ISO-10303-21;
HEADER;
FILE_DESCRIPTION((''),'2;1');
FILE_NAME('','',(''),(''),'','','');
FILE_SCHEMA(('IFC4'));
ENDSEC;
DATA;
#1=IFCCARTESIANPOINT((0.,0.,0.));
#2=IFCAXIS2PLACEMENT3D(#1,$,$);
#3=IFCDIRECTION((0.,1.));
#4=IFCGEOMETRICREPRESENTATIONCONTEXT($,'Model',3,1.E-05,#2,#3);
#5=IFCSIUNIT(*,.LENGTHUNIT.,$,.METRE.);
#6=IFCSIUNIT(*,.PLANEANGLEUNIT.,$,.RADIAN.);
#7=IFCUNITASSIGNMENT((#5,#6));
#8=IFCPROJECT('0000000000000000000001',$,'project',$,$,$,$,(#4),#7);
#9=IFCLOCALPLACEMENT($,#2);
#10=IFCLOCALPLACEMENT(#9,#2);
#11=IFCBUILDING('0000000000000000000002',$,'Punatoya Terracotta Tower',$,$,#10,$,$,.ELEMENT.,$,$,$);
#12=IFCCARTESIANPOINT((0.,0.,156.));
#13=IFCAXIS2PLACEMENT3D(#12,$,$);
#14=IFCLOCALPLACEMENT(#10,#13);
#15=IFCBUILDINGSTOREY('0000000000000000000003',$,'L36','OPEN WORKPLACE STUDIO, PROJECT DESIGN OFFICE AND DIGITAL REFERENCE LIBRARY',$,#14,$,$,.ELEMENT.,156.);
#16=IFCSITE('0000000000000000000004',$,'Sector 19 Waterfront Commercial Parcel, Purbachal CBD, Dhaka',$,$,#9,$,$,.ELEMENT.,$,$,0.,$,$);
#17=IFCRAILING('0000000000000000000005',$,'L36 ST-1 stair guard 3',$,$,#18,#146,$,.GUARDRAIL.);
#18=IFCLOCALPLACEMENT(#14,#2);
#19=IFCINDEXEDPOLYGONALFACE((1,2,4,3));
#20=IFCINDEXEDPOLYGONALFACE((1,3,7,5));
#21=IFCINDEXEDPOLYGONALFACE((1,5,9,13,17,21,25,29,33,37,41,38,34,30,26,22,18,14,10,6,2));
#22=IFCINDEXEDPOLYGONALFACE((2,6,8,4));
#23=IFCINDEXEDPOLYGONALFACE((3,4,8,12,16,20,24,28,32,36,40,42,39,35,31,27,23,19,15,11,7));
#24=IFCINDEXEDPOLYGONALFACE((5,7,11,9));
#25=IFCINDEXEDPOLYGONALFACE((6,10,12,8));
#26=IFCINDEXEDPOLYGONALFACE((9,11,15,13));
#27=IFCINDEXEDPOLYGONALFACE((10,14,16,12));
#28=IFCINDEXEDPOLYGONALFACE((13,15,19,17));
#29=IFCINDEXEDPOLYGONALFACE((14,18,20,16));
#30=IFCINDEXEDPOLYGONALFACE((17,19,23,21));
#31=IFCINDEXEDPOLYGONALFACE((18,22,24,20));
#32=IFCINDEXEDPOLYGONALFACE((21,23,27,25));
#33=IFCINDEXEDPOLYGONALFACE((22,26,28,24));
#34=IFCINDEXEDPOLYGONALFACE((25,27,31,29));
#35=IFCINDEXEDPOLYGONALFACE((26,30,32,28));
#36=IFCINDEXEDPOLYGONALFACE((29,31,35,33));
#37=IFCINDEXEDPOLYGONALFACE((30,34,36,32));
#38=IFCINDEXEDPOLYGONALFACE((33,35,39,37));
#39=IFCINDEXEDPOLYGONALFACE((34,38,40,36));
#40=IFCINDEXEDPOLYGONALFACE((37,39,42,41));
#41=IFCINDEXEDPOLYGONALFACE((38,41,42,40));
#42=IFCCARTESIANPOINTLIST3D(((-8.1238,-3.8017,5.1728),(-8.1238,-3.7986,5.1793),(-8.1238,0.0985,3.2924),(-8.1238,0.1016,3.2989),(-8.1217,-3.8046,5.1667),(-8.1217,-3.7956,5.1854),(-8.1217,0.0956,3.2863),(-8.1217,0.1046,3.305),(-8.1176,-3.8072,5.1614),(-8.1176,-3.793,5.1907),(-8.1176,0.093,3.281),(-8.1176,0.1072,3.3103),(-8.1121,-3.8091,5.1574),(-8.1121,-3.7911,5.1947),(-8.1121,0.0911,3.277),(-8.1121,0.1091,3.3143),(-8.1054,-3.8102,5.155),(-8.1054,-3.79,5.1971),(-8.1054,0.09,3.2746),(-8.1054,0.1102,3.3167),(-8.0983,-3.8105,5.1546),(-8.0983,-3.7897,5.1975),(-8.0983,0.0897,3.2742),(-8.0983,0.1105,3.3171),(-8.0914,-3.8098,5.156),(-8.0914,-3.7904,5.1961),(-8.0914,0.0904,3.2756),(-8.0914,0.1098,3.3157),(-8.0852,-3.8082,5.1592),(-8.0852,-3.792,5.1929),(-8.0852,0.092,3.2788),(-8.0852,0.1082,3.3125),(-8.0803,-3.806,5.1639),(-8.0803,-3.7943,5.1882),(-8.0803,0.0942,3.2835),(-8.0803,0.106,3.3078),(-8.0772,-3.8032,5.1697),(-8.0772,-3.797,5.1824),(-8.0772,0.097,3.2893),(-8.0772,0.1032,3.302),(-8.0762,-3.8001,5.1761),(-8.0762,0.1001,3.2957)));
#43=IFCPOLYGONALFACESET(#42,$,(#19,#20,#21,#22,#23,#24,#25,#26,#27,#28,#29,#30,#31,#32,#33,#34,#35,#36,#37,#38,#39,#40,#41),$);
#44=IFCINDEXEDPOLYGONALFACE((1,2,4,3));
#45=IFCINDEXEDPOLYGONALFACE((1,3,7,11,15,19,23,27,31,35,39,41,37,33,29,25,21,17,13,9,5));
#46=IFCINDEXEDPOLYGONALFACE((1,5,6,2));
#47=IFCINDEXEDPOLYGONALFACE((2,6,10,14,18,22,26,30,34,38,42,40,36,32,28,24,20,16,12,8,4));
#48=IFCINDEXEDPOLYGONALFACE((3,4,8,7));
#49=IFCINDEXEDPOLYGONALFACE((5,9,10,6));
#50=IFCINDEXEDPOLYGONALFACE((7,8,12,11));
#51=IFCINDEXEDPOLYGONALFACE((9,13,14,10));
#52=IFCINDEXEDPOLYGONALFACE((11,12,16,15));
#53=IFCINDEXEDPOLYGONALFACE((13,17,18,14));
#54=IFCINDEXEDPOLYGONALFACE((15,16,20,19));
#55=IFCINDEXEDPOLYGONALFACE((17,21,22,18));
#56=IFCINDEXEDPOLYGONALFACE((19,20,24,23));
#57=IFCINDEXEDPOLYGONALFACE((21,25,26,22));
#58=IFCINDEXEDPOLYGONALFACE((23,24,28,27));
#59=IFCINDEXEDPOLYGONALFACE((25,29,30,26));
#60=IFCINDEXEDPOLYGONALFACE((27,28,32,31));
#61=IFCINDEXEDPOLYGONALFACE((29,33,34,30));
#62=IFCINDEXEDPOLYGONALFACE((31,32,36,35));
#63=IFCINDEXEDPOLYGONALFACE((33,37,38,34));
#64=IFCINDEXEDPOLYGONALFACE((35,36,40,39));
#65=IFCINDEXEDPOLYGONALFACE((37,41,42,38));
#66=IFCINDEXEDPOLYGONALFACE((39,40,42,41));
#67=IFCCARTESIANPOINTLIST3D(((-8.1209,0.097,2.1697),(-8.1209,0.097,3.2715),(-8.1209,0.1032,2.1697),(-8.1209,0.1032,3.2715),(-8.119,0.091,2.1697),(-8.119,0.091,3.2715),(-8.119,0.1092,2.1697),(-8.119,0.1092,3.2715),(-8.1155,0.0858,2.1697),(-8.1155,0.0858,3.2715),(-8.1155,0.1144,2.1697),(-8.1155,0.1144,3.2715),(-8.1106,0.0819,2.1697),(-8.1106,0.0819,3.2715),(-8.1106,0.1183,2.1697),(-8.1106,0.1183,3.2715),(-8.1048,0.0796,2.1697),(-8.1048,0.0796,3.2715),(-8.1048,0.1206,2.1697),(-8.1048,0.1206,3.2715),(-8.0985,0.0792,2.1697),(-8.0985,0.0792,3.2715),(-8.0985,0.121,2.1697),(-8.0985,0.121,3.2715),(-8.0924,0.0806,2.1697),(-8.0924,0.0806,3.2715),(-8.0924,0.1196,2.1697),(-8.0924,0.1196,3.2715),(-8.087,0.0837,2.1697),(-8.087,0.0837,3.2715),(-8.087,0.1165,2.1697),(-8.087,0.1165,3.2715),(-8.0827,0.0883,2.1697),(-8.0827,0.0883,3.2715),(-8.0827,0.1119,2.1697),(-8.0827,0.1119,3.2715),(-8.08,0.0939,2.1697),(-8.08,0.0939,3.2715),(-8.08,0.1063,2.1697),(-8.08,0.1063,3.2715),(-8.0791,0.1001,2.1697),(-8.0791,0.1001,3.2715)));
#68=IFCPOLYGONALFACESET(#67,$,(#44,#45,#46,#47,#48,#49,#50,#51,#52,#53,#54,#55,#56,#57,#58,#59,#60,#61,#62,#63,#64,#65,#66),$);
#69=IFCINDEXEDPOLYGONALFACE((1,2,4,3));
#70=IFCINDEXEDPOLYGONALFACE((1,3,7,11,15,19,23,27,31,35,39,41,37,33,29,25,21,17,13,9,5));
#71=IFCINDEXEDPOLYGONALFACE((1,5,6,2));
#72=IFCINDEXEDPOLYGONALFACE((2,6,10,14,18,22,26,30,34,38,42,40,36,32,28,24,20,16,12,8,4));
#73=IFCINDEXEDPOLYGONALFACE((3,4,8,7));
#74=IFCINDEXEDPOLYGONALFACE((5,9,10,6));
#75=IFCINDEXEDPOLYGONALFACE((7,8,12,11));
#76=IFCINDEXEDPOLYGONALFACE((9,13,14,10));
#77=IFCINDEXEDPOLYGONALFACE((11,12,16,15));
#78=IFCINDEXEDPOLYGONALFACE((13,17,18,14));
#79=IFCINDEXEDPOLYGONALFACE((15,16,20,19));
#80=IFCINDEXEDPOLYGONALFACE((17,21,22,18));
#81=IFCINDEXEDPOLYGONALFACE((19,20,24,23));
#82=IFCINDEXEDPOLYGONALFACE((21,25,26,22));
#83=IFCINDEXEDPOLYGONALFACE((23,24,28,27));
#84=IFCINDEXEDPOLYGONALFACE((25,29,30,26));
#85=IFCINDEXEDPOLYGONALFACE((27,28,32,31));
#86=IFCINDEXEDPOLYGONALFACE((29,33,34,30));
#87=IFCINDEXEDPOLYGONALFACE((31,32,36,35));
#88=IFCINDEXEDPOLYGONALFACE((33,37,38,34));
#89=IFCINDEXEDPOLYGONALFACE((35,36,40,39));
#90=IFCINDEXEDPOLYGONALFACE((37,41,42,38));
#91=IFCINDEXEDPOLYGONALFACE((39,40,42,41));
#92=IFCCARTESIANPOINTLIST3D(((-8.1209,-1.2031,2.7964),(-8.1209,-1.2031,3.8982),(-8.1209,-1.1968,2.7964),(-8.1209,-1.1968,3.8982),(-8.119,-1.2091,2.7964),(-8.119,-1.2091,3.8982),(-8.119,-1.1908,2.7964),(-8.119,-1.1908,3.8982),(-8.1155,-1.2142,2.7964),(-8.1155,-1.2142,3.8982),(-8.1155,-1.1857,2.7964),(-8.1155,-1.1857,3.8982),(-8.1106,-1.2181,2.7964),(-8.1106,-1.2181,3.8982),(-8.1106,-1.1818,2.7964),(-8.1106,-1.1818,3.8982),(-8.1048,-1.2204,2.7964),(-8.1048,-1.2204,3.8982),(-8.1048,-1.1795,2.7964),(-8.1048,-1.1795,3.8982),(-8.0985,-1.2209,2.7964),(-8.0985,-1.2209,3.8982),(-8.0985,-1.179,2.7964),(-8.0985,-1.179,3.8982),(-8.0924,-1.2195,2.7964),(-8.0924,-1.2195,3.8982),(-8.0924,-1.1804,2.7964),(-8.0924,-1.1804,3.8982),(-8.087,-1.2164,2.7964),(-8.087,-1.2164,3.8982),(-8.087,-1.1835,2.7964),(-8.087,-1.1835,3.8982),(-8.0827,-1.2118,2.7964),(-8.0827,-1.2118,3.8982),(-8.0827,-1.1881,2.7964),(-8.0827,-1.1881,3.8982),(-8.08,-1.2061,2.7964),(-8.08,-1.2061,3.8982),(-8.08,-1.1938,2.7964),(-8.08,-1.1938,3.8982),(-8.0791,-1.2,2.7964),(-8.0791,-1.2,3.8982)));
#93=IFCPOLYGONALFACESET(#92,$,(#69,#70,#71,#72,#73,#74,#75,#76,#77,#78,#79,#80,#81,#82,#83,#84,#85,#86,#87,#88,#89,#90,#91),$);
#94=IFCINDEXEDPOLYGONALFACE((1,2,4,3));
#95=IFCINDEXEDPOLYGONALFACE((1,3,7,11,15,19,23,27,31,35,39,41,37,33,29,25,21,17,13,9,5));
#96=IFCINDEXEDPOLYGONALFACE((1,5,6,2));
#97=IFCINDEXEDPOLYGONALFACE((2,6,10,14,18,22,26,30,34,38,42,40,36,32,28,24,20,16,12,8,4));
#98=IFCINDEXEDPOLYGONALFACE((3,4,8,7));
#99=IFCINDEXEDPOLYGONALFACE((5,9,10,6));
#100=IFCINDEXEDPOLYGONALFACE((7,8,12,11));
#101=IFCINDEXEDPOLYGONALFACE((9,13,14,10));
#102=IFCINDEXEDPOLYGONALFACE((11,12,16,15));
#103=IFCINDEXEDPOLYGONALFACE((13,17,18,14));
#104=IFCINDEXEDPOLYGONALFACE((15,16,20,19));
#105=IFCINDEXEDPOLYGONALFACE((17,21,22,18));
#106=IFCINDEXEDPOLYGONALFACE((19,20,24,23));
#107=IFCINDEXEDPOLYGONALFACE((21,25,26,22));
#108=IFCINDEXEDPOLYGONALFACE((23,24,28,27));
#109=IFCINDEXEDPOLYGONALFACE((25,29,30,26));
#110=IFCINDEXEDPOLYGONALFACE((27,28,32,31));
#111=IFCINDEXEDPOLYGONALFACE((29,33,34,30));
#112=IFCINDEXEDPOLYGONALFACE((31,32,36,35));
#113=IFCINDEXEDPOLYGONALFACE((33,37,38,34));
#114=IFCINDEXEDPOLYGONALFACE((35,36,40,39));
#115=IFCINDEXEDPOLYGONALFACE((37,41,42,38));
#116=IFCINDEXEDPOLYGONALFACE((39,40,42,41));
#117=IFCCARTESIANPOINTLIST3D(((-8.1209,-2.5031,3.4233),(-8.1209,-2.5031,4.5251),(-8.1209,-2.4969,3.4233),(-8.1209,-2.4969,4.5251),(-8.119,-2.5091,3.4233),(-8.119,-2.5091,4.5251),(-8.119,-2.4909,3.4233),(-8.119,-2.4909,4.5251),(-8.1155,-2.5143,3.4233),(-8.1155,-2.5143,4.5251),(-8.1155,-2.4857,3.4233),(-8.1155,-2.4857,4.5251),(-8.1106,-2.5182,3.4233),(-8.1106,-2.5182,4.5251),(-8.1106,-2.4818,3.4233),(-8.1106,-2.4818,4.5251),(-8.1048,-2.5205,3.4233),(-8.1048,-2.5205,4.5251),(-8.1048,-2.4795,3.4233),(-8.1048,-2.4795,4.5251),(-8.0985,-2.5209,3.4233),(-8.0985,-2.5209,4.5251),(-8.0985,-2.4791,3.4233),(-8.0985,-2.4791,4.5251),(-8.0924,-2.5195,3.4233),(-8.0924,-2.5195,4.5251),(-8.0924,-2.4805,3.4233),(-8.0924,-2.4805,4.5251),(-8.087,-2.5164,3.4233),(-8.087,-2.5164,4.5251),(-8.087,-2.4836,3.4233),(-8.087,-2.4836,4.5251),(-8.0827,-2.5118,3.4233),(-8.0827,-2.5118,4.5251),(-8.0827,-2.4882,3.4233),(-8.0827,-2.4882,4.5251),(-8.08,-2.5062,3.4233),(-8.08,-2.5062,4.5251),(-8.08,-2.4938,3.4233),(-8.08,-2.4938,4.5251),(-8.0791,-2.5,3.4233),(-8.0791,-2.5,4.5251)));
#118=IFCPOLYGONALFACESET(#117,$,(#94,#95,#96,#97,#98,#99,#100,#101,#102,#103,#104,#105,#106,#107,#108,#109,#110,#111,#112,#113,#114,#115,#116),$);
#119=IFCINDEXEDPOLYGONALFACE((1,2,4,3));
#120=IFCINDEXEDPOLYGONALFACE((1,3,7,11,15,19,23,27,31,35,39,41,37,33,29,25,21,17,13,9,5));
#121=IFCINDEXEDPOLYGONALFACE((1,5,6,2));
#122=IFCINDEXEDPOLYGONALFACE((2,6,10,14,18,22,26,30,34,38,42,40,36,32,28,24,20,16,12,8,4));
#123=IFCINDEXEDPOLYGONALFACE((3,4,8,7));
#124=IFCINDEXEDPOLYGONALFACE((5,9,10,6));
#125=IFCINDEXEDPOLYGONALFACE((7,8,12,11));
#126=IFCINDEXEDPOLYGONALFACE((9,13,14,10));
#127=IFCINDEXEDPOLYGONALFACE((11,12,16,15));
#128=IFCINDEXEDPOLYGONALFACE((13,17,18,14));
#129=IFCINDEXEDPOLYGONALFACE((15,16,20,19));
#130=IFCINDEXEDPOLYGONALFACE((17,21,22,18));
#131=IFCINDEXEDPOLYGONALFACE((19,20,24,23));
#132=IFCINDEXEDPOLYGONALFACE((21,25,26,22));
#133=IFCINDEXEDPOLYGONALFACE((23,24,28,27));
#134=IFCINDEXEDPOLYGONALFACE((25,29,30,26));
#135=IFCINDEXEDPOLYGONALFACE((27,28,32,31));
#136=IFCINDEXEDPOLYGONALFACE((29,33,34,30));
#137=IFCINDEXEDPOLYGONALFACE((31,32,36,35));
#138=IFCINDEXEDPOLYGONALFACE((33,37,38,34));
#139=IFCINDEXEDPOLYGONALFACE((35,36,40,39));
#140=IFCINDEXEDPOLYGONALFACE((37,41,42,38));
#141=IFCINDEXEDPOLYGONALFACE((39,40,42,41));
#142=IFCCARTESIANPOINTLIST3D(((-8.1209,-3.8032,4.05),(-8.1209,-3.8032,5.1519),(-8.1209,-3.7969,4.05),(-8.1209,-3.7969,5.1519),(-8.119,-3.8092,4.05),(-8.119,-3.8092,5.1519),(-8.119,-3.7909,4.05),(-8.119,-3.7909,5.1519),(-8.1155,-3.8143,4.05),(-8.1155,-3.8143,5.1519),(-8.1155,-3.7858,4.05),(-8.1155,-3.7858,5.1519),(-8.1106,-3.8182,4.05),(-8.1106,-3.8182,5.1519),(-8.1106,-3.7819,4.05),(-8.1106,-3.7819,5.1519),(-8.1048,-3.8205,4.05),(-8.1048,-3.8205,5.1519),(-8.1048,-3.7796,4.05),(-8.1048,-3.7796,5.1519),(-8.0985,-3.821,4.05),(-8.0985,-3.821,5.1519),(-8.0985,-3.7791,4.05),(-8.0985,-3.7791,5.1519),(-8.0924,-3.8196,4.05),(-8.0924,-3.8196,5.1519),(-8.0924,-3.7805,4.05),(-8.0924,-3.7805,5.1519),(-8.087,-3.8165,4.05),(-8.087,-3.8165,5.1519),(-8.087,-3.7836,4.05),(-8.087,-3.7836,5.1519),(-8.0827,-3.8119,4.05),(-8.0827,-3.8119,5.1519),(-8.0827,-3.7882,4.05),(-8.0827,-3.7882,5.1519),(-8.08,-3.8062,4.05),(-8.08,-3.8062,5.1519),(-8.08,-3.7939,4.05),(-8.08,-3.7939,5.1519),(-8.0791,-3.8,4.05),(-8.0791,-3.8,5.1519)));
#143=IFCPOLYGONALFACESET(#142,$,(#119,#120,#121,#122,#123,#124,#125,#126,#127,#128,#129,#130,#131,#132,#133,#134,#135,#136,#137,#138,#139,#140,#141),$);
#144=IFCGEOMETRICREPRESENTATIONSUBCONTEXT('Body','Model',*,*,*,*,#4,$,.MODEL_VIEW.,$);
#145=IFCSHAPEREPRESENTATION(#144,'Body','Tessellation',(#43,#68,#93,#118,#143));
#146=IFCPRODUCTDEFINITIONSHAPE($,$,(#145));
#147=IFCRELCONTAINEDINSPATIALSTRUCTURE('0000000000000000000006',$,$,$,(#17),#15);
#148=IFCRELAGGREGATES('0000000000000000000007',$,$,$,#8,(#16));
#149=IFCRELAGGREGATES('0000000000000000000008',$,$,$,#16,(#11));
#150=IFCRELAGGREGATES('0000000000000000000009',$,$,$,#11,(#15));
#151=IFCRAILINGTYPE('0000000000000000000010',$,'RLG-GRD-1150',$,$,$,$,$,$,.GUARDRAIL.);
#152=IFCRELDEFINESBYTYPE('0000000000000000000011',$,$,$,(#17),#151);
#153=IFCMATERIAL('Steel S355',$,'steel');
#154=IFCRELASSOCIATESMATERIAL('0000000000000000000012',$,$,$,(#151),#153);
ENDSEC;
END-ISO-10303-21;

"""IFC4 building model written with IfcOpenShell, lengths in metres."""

from ifc_helpers import new_model, si_unit, direction, frame, origin, origin_2d, place, context, subcontext, project, spatial, circle, extrude, material, type_object, element, save


model = new_model("IFC4")

# Units and contexts
model_context = context("Model", 3, precision=1e-05, world=origin(), true_north=direction((0.0, 1.0)))
body_context = subcontext(model_context, "Body", "Model", "MODEL_VIEW")
ifc_project = project(units=[si_unit("LENGTHUNIT", "METRE"), si_unit("PLANEANGLEUNIT", "RADIAN")], contexts=[model_context])

# Site, building, storey
site_placement = place(None, origin())
site = spatial("IfcSite", under=ifc_project, at=site_placement, Name="Sector 19 Waterfront Commercial Parcel, Purbachal CBD, Dhaka", CompositionType="ELEMENT", RefElevation=0.0)
building_placement = place(site_placement, origin())
building = spatial("IfcBuilding", under=site, at=building_placement, Name="Punatoya Terracotta Tower", CompositionType="ELEMENT")
storey_placement = place(building_placement, frame((0.0, 0.0, 156.0)))
storey = spatial("IfcBuildingStorey", under=building, at=storey_placement, Name="L36", Description="OPEN WORKPLACE STUDIO, PROJECT DESIGN OFFICE AND DIGITAL REFERENCE LIBRARY", CompositionType="ELEMENT", Elevation=156.0)

# Shared definitions
ifc_material_1 = material(Name="Steel S355", Category="steel")

# Railing
railing_type_1 = type_object("IfcRailingType", Name="RLG-GRD-1150", PredefinedType="GUARDRAIL", material=ifc_material_1)
railing_1_placement = place(storey_placement, frame((-8.1001, 0.1001, 2.1697)))
element("IfcRailing", 1, at=railing_1_placement, inside=storey, type_object=railing_type_1, Name="L36 ST-1 stair guard 3", PredefinedType="GUARDRAIL", context=body_context, shape_type="SweptSolid", body=[
    extrude(circle(Radius=0.0239, at=origin_2d()), frame((0.0, 0.0, 1.126), z_axis=(0.0, -0.900774, 0.434289), x_axis=(1.0, 0.0, 0.0)), (0.0, 0.0, 1.0), 4.3298),
    extrude(circle(Radius=0.021, at=origin_2d()), origin(), (0.0, 0.0, 1.0), 1.1018),
    extrude(circle(Radius=0.021, at=origin_2d()), frame((0.0, -1.3, 0.6267)), (0.0, 0.0, 1.0), 1.1018),
    extrude(circle(Radius=0.021, at=origin_2d()), frame((0.0, -2.6001, 1.2537)), (0.0, 0.0, 1.0), 1.1018),
    extrude(circle(Radius=0.021, at=origin_2d()), frame((0.0, -3.9001, 1.8804)), (0.0, 0.0, 1.0), 1.1018),
])

save(model, "model.ifc")
